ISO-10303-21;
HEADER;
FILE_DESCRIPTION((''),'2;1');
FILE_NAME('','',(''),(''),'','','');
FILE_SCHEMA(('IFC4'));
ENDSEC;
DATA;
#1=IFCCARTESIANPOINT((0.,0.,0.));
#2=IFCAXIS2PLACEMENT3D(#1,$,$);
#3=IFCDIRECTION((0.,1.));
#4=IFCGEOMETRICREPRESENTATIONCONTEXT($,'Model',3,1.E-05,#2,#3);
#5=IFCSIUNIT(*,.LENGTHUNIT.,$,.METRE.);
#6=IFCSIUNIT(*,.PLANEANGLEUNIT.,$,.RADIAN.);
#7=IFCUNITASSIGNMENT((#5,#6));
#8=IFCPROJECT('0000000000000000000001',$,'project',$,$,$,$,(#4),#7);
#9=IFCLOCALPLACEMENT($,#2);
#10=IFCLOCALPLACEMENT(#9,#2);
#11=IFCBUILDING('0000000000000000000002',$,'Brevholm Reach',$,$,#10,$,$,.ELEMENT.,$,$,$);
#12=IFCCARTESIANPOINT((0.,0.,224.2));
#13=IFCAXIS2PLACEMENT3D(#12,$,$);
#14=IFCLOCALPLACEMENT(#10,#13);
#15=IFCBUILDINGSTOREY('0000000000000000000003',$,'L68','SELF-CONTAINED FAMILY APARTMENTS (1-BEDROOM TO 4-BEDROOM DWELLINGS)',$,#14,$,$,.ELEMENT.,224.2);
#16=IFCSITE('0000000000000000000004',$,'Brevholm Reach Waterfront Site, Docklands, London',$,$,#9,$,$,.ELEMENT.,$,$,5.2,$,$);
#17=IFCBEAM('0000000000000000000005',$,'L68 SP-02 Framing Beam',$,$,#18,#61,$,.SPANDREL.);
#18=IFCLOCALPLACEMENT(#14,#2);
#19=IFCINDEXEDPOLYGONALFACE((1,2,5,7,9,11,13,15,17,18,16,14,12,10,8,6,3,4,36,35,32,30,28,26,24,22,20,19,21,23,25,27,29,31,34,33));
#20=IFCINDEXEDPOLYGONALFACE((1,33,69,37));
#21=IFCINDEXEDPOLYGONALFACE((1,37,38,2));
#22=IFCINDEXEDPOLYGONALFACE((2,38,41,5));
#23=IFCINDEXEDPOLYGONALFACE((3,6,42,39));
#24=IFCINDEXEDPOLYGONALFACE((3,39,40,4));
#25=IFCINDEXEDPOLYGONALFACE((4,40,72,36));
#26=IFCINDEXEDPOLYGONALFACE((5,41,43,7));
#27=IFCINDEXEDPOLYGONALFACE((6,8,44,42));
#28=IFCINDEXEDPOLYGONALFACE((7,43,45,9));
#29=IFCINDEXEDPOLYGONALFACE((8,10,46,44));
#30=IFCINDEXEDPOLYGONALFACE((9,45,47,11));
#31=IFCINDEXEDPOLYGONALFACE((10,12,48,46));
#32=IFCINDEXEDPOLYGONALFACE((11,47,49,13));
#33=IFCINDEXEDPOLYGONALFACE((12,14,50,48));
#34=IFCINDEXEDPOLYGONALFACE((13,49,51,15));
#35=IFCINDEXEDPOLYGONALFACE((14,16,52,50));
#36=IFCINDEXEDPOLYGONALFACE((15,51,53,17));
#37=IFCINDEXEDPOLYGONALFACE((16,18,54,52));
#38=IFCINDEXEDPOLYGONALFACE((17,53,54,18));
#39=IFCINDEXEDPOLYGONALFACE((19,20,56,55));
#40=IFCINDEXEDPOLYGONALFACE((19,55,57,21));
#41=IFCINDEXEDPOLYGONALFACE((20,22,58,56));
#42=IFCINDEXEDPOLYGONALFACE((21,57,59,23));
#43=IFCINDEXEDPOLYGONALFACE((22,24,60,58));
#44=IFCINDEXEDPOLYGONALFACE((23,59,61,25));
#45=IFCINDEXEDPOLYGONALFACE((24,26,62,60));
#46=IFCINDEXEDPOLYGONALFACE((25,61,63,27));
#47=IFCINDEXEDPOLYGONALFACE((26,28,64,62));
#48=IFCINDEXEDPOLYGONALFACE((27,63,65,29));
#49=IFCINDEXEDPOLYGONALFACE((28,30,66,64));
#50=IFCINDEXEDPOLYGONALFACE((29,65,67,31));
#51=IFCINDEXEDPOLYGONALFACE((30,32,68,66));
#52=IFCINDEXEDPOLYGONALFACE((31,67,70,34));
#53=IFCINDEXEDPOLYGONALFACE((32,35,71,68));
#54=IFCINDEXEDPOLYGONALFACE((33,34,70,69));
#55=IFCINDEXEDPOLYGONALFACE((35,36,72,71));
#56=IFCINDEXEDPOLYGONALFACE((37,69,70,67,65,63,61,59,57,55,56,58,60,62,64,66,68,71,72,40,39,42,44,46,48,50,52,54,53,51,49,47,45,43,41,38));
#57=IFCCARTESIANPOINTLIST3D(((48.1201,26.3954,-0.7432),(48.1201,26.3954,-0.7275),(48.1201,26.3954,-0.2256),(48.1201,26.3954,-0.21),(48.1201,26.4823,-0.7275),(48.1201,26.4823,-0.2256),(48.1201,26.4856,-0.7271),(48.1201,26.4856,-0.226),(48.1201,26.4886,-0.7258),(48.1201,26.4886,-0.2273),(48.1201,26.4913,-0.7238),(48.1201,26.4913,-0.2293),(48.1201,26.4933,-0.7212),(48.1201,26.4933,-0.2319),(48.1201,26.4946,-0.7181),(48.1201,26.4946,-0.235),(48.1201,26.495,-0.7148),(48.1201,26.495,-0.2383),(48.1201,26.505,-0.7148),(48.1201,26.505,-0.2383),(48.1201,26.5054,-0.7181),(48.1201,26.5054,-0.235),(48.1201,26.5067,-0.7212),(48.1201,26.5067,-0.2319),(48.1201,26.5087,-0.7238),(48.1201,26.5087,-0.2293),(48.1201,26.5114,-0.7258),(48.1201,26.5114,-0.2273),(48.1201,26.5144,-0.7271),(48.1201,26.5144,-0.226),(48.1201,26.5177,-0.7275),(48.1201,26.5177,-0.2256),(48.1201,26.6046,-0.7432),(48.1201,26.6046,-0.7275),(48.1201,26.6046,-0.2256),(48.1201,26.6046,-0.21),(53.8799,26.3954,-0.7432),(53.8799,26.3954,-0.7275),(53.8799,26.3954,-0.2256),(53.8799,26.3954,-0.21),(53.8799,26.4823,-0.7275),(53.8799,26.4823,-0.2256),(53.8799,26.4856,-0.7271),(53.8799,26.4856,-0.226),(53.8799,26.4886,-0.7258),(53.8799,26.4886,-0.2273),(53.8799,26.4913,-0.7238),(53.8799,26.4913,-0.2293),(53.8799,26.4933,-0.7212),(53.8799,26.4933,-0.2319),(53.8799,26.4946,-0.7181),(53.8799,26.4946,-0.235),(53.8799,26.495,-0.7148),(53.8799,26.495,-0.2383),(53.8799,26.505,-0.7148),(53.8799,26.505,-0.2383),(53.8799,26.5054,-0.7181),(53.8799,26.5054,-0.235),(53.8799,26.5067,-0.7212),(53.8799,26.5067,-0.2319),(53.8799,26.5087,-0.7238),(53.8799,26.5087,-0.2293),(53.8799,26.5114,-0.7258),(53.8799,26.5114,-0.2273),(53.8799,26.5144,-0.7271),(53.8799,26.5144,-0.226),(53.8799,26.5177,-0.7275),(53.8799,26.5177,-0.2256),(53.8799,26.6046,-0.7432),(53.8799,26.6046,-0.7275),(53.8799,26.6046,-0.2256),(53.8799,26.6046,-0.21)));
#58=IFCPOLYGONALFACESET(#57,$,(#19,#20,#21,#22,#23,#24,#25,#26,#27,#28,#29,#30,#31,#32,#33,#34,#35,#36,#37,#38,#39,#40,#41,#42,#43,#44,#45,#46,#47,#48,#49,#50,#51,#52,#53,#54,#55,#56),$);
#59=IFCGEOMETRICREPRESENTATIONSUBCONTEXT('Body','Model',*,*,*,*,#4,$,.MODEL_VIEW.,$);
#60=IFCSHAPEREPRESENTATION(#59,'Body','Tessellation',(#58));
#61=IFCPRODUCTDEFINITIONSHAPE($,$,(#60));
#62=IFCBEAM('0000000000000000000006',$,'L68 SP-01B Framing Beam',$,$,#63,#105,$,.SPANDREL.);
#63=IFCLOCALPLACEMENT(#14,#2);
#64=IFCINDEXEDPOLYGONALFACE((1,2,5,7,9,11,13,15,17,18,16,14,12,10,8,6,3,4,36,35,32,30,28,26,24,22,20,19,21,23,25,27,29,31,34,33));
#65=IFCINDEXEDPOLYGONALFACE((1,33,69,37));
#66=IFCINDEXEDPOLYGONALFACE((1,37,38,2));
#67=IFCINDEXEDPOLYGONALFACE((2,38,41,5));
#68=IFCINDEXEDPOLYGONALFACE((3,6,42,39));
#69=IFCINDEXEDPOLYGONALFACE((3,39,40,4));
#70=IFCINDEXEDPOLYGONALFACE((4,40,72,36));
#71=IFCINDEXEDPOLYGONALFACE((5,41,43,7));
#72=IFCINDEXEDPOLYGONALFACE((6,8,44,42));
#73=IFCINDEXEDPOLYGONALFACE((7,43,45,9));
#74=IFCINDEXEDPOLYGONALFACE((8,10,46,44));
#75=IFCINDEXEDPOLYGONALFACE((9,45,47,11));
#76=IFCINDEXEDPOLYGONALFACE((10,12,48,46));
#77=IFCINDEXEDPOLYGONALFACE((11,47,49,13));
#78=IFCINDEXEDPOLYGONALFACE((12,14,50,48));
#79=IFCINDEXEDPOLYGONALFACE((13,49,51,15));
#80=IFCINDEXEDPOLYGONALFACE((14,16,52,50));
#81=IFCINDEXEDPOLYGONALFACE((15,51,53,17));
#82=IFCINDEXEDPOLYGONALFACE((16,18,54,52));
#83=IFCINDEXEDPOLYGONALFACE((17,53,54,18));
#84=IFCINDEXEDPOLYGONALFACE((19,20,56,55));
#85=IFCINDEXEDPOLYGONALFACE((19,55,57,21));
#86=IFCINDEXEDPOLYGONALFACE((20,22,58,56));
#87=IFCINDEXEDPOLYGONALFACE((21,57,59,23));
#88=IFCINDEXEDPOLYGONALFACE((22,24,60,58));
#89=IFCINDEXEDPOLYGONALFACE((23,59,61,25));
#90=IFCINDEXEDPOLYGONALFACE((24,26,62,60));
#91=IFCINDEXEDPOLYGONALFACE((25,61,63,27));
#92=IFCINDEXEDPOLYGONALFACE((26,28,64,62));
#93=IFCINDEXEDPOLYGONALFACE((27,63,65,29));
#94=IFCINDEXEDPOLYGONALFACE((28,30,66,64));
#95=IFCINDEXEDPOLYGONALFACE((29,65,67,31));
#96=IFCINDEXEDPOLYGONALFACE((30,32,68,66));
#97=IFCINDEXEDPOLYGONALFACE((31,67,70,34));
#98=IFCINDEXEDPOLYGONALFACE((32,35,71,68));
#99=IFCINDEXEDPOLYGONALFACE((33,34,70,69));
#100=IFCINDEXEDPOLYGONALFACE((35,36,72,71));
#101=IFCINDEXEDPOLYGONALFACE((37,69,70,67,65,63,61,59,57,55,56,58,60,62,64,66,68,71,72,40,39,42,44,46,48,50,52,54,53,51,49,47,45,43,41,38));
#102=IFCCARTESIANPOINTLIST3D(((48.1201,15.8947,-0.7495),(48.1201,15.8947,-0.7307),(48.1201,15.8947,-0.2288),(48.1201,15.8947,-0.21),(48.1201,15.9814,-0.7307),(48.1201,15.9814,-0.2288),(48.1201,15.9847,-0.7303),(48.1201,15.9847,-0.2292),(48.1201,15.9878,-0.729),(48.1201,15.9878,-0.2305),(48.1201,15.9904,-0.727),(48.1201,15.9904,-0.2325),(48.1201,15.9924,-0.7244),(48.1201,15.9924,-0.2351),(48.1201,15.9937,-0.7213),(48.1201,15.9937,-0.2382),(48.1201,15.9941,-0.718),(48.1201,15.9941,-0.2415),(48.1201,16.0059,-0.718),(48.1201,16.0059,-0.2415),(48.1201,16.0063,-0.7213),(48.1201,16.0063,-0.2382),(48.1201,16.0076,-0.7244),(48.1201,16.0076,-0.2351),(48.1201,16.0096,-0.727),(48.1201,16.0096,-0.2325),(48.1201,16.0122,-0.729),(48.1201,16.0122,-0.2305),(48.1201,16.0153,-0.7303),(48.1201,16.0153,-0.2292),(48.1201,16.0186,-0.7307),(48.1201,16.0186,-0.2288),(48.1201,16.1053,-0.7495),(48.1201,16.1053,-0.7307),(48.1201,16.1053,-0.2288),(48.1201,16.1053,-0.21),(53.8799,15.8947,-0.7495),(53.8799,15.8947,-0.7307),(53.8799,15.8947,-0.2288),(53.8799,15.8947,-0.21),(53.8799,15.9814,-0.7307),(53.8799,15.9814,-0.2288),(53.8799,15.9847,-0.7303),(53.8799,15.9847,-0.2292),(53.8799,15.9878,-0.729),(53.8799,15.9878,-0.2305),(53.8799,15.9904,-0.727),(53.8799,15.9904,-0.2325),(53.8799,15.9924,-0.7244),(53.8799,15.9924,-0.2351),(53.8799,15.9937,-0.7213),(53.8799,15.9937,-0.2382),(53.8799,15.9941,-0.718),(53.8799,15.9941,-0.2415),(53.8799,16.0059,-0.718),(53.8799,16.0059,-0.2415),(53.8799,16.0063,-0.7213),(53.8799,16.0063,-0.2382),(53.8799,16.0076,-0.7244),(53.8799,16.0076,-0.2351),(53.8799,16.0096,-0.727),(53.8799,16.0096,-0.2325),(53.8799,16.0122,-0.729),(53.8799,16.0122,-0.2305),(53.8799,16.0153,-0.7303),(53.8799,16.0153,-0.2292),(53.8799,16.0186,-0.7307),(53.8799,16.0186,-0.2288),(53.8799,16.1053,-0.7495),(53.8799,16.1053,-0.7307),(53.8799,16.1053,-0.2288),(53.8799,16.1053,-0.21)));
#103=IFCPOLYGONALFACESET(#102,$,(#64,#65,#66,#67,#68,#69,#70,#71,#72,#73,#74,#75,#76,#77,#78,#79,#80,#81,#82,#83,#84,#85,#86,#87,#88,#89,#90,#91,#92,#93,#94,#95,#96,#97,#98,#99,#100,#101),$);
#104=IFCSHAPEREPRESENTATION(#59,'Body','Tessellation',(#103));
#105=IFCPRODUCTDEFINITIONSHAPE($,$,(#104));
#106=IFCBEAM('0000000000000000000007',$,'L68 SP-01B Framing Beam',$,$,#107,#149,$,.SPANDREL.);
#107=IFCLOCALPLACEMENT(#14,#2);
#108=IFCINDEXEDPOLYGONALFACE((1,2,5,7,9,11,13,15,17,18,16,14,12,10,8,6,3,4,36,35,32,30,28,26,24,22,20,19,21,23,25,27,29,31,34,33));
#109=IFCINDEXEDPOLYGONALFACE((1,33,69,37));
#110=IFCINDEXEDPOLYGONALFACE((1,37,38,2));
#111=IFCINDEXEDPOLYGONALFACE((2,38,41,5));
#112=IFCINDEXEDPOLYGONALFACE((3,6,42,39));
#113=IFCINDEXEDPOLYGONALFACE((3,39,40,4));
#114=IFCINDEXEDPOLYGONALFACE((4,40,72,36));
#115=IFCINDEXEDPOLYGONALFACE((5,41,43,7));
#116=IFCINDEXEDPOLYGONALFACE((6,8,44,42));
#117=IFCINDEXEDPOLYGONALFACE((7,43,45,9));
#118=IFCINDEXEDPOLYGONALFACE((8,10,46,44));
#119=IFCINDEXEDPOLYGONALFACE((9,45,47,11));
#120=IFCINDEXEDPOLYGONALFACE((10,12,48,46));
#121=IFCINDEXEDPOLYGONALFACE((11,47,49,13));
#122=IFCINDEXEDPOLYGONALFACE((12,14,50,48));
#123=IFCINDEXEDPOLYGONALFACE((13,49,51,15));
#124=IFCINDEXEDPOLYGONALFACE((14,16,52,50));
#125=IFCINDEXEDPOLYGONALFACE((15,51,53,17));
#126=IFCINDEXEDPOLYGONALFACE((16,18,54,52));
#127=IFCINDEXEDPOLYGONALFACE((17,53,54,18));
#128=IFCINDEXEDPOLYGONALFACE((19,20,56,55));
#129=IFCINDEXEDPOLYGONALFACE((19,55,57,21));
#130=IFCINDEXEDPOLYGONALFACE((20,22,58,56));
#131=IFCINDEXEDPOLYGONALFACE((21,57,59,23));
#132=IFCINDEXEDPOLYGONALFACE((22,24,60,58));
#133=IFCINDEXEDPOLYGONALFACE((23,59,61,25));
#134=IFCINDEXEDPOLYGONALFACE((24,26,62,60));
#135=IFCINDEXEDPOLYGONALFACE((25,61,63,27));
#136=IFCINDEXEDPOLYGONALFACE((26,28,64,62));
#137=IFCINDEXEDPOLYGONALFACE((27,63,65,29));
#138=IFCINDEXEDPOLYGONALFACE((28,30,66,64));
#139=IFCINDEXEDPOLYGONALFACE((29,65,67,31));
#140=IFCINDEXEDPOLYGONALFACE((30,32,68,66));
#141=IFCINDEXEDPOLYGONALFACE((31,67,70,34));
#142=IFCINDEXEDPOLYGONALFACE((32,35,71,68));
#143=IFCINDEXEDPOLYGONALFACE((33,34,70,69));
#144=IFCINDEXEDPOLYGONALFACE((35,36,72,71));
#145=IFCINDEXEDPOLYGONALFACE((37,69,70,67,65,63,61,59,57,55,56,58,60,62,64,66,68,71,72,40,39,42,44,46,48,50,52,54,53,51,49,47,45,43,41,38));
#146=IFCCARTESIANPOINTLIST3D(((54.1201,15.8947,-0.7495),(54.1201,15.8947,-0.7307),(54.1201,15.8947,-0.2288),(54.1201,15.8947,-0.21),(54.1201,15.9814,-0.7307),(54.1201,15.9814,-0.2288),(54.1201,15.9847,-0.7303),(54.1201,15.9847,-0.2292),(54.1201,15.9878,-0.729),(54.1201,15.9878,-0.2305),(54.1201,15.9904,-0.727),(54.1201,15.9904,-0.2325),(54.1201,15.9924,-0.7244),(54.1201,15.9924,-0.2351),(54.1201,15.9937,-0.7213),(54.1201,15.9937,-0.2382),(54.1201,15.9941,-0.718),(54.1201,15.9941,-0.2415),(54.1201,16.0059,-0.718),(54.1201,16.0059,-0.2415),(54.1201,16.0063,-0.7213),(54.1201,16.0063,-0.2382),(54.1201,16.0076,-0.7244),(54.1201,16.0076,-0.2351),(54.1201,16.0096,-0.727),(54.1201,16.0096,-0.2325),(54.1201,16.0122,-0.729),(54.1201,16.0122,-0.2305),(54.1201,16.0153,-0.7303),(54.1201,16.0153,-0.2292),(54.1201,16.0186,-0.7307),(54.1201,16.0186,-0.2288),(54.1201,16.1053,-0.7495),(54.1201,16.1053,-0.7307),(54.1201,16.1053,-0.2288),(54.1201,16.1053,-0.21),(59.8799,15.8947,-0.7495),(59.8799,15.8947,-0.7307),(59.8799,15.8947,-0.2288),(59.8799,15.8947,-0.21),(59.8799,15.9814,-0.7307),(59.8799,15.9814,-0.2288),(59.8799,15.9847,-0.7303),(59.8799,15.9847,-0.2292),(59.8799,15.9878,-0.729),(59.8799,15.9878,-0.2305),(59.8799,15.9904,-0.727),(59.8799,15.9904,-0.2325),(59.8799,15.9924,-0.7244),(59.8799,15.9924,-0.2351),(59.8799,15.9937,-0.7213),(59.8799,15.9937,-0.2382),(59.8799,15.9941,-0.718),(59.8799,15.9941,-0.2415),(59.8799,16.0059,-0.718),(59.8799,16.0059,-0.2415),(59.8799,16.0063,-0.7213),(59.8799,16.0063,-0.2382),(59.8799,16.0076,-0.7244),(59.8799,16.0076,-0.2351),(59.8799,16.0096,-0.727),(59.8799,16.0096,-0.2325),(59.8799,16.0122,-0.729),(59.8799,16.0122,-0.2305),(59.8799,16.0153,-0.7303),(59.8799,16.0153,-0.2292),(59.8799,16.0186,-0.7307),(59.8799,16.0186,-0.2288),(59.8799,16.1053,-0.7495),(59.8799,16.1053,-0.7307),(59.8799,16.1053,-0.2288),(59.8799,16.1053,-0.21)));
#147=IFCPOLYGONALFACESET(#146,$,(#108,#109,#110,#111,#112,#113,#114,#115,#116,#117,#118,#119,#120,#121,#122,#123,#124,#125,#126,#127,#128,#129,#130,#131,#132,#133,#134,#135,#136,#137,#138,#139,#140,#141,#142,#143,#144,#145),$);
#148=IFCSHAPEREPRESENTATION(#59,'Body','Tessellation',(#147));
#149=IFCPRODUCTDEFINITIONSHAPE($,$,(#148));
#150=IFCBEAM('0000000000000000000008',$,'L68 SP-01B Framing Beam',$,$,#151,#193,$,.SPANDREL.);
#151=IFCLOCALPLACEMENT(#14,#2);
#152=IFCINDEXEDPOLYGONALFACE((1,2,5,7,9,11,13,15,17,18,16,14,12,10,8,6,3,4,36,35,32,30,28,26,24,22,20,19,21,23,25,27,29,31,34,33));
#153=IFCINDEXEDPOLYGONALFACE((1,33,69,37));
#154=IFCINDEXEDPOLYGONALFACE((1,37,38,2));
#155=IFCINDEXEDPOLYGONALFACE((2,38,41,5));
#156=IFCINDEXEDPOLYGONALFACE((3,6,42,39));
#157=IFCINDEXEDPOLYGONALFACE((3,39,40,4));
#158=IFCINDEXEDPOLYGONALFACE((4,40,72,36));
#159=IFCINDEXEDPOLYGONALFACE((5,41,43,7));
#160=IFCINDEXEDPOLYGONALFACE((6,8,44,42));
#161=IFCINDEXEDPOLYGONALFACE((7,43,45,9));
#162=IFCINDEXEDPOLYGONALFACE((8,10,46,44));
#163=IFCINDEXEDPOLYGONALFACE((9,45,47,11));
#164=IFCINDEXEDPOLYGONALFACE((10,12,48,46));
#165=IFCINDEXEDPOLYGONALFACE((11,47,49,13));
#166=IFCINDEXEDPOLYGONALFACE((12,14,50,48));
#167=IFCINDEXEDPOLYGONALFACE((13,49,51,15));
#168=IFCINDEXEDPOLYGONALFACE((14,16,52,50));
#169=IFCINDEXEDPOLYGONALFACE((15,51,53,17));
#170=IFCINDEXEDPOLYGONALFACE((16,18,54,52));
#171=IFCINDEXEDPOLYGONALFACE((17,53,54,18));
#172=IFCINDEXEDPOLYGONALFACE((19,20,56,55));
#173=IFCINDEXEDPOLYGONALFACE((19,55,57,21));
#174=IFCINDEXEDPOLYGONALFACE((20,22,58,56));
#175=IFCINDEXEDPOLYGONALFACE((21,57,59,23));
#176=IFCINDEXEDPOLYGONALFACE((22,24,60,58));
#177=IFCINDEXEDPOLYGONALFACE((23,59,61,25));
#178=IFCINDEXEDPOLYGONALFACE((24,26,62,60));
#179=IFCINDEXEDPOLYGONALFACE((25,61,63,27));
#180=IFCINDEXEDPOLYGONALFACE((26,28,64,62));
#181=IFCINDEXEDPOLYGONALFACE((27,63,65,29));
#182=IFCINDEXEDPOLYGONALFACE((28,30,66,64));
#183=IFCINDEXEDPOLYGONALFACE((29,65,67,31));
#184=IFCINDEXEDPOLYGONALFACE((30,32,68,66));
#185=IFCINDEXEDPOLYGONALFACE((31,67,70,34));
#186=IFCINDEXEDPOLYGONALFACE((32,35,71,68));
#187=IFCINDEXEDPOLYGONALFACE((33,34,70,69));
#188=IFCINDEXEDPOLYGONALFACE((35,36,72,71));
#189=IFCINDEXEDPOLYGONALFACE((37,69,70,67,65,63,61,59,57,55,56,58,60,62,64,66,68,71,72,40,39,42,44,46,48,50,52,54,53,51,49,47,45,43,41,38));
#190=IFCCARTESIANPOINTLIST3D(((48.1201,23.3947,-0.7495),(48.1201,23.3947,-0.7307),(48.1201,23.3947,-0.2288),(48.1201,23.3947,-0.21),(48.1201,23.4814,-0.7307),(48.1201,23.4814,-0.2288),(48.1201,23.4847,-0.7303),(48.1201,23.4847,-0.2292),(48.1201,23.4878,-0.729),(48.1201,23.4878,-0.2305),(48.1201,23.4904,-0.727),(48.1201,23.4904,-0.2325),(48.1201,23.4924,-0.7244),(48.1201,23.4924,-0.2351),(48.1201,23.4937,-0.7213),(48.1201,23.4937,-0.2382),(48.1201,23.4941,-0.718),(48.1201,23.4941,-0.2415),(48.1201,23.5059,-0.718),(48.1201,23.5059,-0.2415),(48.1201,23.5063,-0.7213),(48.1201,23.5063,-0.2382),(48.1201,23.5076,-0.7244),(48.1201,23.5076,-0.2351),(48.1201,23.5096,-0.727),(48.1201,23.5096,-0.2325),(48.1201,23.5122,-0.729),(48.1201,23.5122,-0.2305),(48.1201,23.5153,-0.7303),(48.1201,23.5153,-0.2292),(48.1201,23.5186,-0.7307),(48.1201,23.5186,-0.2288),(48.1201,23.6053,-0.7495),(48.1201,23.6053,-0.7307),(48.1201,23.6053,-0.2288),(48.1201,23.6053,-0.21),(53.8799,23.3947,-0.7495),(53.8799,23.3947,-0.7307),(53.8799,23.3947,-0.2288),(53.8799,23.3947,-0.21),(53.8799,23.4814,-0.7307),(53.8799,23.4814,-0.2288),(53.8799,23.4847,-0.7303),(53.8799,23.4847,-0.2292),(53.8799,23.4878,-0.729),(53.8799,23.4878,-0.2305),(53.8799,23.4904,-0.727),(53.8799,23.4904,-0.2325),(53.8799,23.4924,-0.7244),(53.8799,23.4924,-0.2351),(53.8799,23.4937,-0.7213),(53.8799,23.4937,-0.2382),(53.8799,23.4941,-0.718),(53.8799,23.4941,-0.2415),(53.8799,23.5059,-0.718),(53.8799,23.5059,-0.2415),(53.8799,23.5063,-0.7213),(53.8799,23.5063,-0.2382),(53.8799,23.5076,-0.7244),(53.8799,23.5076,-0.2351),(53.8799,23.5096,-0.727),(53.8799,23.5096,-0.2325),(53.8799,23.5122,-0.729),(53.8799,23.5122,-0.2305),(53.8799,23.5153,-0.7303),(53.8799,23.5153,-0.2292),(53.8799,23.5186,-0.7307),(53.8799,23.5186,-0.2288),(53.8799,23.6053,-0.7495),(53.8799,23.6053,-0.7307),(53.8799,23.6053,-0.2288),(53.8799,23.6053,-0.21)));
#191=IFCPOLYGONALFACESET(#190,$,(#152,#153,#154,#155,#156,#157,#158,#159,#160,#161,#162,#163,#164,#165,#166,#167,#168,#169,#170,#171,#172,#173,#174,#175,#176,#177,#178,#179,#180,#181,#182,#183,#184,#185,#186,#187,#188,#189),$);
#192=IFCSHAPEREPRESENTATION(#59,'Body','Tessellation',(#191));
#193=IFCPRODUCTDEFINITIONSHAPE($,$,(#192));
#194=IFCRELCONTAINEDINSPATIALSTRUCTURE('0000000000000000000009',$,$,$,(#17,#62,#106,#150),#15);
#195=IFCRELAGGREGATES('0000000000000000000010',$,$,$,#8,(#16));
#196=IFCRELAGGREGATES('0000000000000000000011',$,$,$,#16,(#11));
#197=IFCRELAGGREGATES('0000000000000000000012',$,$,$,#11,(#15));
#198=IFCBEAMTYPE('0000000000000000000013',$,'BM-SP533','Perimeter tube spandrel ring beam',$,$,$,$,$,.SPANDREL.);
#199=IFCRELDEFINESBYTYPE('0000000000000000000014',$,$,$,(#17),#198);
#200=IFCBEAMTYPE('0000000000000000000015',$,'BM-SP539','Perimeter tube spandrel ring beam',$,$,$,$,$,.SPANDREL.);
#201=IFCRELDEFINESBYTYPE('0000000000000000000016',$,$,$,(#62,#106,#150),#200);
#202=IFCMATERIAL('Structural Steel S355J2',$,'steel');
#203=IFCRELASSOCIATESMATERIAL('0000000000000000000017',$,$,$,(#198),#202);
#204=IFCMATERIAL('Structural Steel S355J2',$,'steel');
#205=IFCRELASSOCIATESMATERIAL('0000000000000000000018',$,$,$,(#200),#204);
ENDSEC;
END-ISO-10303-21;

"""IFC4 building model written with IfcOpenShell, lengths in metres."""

from ifc_helpers import new_model, si_unit, direction, frame, origin, origin_2d, place, context, subcontext, project, spatial, i_section, extrude, material, material_profile, profile_set, type_object, element, save


model = new_model("IFC4")

# Units and contexts
model_context = context("Model", 3, precision=1e-05, world=origin(), true_north=direction((0.0, 1.0)))
body_context = subcontext(model_context, "Body", "Model", "MODEL_VIEW")
ifc_project = project(units=[si_unit("LENGTHUNIT", "METRE"), si_unit("PLANEANGLEUNIT", "RADIAN")], contexts=[model_context])

# Site, building, storey
site_placement = place(None, origin())
site = spatial("IfcSite", under=ifc_project, at=site_placement, Name="Brevholm Reach Waterfront Site, Docklands, London", CompositionType="ELEMENT", RefElevation=5.2)
building_placement = place(site_placement, origin())
building = spatial("IfcBuilding", under=site, at=building_placement, Name="Brevholm Reach", CompositionType="ELEMENT")
storey_placement = place(building_placement, frame((0.0, 0.0, 224.2)))
storey = spatial("IfcBuildingStorey", under=building, at=storey_placement, Name="L68", Description="SELF-CONTAINED FAMILY APARTMENTS (1-BEDROOM TO 4-BEDROOM DWELLINGS)", CompositionType="ELEMENT", Elevation=224.2)

# Beams
ifc_material_1 = material(Name="Structural Steel S355J2", Category="steel")
ifc_material_profile_1 = material_profile(ifc_material_1, i_section(OverallWidth=0.2092, OverallDepth=0.5332, WebThickness=0.01, FlangeThickness=0.0156, FilletRadius=0.0127, at=origin_2d()), Name="UKB 533x210x92")
ifc_profile_set_1 = profile_set([ifc_material_profile_1], Name="Structural Steel S355J2")
beam_type_1 = type_object("IfcBeamType", Name="BM-SP533", Description="Perimeter tube spandrel ring beam", PredefinedType="SPANDREL", material=ifc_profile_set_1)
beam_1_placement = place(storey_placement, frame((48.1201, 26.5, -0.4766), z_axis=(1.0, 0.0, 0.0), x_axis=(0.0, 1.0, 0.0)))
element("IfcBeam", 1, at=beam_1_placement, inside=storey, type_object=beam_type_1, Name="L68 SP-02 Framing Beam", PredefinedType="SPANDREL", context=body_context, shape_type="SweptSolid", body=[
    extrude(i_section(OverallWidth=0.2092, OverallDepth=0.5332, WebThickness=0.01, FlangeThickness=0.0156, FilletRadius=0.0127, at=origin_2d()), origin(), (0.0, 0.0, 1.0), 5.7598),
])
ifc_material_2 = material(Name="Structural Steel S355J2", Category="steel")
ifc_material_profile_2 = material_profile(ifc_material_2, i_section(OverallWidth=0.2107, OverallDepth=0.5396, WebThickness=0.0117, FlangeThickness=0.0188, FilletRadius=0.0127, at=origin_2d()), Name="UKB 533x210x109")
ifc_profile_set_2 = profile_set([ifc_material_profile_2], Name="Structural Steel S355J2")
beam_type_2 = type_object("IfcBeamType", Name="BM-SP539", Description="Perimeter tube spandrel ring beam", PredefinedType="SPANDREL", material=ifc_profile_set_2)
for number, where, z_axis, x_axis, name in (
    (2, (48.1201, 16.0, -0.4797), (1.0, 0.0, 0.0), (0.0, 1.0, 0.0), "L68 SP-01B Framing Beam"),
    (3, (54.1201, 16.0, -0.4797), (1.0, 0.0, 0.0), (0.0, 1.0, 0.0), "L68 SP-01B Framing Beam"),
    (4, (48.1201, 23.5, -0.4797), (1.0, 0.0, 0.0), (0.0, 1.0, 0.0), "L68 SP-01B Framing Beam"),
):
    element("IfcBeam", number, at=place(storey_placement, frame(where, z_axis=z_axis, x_axis=x_axis)), inside=storey, type_object=beam_type_2, Name=name, PredefinedType="SPANDREL", context=body_context, shape_type="SweptSolid", body=[
        extrude(i_section(OverallWidth=0.2107, OverallDepth=0.5396, WebThickness=0.0117, FlangeThickness=0.0188, FilletRadius=0.0127, at=origin_2d()), origin(), (0.0, 0.0, 1.0), 5.7598),
    ])

save(model, "model.ifc")
